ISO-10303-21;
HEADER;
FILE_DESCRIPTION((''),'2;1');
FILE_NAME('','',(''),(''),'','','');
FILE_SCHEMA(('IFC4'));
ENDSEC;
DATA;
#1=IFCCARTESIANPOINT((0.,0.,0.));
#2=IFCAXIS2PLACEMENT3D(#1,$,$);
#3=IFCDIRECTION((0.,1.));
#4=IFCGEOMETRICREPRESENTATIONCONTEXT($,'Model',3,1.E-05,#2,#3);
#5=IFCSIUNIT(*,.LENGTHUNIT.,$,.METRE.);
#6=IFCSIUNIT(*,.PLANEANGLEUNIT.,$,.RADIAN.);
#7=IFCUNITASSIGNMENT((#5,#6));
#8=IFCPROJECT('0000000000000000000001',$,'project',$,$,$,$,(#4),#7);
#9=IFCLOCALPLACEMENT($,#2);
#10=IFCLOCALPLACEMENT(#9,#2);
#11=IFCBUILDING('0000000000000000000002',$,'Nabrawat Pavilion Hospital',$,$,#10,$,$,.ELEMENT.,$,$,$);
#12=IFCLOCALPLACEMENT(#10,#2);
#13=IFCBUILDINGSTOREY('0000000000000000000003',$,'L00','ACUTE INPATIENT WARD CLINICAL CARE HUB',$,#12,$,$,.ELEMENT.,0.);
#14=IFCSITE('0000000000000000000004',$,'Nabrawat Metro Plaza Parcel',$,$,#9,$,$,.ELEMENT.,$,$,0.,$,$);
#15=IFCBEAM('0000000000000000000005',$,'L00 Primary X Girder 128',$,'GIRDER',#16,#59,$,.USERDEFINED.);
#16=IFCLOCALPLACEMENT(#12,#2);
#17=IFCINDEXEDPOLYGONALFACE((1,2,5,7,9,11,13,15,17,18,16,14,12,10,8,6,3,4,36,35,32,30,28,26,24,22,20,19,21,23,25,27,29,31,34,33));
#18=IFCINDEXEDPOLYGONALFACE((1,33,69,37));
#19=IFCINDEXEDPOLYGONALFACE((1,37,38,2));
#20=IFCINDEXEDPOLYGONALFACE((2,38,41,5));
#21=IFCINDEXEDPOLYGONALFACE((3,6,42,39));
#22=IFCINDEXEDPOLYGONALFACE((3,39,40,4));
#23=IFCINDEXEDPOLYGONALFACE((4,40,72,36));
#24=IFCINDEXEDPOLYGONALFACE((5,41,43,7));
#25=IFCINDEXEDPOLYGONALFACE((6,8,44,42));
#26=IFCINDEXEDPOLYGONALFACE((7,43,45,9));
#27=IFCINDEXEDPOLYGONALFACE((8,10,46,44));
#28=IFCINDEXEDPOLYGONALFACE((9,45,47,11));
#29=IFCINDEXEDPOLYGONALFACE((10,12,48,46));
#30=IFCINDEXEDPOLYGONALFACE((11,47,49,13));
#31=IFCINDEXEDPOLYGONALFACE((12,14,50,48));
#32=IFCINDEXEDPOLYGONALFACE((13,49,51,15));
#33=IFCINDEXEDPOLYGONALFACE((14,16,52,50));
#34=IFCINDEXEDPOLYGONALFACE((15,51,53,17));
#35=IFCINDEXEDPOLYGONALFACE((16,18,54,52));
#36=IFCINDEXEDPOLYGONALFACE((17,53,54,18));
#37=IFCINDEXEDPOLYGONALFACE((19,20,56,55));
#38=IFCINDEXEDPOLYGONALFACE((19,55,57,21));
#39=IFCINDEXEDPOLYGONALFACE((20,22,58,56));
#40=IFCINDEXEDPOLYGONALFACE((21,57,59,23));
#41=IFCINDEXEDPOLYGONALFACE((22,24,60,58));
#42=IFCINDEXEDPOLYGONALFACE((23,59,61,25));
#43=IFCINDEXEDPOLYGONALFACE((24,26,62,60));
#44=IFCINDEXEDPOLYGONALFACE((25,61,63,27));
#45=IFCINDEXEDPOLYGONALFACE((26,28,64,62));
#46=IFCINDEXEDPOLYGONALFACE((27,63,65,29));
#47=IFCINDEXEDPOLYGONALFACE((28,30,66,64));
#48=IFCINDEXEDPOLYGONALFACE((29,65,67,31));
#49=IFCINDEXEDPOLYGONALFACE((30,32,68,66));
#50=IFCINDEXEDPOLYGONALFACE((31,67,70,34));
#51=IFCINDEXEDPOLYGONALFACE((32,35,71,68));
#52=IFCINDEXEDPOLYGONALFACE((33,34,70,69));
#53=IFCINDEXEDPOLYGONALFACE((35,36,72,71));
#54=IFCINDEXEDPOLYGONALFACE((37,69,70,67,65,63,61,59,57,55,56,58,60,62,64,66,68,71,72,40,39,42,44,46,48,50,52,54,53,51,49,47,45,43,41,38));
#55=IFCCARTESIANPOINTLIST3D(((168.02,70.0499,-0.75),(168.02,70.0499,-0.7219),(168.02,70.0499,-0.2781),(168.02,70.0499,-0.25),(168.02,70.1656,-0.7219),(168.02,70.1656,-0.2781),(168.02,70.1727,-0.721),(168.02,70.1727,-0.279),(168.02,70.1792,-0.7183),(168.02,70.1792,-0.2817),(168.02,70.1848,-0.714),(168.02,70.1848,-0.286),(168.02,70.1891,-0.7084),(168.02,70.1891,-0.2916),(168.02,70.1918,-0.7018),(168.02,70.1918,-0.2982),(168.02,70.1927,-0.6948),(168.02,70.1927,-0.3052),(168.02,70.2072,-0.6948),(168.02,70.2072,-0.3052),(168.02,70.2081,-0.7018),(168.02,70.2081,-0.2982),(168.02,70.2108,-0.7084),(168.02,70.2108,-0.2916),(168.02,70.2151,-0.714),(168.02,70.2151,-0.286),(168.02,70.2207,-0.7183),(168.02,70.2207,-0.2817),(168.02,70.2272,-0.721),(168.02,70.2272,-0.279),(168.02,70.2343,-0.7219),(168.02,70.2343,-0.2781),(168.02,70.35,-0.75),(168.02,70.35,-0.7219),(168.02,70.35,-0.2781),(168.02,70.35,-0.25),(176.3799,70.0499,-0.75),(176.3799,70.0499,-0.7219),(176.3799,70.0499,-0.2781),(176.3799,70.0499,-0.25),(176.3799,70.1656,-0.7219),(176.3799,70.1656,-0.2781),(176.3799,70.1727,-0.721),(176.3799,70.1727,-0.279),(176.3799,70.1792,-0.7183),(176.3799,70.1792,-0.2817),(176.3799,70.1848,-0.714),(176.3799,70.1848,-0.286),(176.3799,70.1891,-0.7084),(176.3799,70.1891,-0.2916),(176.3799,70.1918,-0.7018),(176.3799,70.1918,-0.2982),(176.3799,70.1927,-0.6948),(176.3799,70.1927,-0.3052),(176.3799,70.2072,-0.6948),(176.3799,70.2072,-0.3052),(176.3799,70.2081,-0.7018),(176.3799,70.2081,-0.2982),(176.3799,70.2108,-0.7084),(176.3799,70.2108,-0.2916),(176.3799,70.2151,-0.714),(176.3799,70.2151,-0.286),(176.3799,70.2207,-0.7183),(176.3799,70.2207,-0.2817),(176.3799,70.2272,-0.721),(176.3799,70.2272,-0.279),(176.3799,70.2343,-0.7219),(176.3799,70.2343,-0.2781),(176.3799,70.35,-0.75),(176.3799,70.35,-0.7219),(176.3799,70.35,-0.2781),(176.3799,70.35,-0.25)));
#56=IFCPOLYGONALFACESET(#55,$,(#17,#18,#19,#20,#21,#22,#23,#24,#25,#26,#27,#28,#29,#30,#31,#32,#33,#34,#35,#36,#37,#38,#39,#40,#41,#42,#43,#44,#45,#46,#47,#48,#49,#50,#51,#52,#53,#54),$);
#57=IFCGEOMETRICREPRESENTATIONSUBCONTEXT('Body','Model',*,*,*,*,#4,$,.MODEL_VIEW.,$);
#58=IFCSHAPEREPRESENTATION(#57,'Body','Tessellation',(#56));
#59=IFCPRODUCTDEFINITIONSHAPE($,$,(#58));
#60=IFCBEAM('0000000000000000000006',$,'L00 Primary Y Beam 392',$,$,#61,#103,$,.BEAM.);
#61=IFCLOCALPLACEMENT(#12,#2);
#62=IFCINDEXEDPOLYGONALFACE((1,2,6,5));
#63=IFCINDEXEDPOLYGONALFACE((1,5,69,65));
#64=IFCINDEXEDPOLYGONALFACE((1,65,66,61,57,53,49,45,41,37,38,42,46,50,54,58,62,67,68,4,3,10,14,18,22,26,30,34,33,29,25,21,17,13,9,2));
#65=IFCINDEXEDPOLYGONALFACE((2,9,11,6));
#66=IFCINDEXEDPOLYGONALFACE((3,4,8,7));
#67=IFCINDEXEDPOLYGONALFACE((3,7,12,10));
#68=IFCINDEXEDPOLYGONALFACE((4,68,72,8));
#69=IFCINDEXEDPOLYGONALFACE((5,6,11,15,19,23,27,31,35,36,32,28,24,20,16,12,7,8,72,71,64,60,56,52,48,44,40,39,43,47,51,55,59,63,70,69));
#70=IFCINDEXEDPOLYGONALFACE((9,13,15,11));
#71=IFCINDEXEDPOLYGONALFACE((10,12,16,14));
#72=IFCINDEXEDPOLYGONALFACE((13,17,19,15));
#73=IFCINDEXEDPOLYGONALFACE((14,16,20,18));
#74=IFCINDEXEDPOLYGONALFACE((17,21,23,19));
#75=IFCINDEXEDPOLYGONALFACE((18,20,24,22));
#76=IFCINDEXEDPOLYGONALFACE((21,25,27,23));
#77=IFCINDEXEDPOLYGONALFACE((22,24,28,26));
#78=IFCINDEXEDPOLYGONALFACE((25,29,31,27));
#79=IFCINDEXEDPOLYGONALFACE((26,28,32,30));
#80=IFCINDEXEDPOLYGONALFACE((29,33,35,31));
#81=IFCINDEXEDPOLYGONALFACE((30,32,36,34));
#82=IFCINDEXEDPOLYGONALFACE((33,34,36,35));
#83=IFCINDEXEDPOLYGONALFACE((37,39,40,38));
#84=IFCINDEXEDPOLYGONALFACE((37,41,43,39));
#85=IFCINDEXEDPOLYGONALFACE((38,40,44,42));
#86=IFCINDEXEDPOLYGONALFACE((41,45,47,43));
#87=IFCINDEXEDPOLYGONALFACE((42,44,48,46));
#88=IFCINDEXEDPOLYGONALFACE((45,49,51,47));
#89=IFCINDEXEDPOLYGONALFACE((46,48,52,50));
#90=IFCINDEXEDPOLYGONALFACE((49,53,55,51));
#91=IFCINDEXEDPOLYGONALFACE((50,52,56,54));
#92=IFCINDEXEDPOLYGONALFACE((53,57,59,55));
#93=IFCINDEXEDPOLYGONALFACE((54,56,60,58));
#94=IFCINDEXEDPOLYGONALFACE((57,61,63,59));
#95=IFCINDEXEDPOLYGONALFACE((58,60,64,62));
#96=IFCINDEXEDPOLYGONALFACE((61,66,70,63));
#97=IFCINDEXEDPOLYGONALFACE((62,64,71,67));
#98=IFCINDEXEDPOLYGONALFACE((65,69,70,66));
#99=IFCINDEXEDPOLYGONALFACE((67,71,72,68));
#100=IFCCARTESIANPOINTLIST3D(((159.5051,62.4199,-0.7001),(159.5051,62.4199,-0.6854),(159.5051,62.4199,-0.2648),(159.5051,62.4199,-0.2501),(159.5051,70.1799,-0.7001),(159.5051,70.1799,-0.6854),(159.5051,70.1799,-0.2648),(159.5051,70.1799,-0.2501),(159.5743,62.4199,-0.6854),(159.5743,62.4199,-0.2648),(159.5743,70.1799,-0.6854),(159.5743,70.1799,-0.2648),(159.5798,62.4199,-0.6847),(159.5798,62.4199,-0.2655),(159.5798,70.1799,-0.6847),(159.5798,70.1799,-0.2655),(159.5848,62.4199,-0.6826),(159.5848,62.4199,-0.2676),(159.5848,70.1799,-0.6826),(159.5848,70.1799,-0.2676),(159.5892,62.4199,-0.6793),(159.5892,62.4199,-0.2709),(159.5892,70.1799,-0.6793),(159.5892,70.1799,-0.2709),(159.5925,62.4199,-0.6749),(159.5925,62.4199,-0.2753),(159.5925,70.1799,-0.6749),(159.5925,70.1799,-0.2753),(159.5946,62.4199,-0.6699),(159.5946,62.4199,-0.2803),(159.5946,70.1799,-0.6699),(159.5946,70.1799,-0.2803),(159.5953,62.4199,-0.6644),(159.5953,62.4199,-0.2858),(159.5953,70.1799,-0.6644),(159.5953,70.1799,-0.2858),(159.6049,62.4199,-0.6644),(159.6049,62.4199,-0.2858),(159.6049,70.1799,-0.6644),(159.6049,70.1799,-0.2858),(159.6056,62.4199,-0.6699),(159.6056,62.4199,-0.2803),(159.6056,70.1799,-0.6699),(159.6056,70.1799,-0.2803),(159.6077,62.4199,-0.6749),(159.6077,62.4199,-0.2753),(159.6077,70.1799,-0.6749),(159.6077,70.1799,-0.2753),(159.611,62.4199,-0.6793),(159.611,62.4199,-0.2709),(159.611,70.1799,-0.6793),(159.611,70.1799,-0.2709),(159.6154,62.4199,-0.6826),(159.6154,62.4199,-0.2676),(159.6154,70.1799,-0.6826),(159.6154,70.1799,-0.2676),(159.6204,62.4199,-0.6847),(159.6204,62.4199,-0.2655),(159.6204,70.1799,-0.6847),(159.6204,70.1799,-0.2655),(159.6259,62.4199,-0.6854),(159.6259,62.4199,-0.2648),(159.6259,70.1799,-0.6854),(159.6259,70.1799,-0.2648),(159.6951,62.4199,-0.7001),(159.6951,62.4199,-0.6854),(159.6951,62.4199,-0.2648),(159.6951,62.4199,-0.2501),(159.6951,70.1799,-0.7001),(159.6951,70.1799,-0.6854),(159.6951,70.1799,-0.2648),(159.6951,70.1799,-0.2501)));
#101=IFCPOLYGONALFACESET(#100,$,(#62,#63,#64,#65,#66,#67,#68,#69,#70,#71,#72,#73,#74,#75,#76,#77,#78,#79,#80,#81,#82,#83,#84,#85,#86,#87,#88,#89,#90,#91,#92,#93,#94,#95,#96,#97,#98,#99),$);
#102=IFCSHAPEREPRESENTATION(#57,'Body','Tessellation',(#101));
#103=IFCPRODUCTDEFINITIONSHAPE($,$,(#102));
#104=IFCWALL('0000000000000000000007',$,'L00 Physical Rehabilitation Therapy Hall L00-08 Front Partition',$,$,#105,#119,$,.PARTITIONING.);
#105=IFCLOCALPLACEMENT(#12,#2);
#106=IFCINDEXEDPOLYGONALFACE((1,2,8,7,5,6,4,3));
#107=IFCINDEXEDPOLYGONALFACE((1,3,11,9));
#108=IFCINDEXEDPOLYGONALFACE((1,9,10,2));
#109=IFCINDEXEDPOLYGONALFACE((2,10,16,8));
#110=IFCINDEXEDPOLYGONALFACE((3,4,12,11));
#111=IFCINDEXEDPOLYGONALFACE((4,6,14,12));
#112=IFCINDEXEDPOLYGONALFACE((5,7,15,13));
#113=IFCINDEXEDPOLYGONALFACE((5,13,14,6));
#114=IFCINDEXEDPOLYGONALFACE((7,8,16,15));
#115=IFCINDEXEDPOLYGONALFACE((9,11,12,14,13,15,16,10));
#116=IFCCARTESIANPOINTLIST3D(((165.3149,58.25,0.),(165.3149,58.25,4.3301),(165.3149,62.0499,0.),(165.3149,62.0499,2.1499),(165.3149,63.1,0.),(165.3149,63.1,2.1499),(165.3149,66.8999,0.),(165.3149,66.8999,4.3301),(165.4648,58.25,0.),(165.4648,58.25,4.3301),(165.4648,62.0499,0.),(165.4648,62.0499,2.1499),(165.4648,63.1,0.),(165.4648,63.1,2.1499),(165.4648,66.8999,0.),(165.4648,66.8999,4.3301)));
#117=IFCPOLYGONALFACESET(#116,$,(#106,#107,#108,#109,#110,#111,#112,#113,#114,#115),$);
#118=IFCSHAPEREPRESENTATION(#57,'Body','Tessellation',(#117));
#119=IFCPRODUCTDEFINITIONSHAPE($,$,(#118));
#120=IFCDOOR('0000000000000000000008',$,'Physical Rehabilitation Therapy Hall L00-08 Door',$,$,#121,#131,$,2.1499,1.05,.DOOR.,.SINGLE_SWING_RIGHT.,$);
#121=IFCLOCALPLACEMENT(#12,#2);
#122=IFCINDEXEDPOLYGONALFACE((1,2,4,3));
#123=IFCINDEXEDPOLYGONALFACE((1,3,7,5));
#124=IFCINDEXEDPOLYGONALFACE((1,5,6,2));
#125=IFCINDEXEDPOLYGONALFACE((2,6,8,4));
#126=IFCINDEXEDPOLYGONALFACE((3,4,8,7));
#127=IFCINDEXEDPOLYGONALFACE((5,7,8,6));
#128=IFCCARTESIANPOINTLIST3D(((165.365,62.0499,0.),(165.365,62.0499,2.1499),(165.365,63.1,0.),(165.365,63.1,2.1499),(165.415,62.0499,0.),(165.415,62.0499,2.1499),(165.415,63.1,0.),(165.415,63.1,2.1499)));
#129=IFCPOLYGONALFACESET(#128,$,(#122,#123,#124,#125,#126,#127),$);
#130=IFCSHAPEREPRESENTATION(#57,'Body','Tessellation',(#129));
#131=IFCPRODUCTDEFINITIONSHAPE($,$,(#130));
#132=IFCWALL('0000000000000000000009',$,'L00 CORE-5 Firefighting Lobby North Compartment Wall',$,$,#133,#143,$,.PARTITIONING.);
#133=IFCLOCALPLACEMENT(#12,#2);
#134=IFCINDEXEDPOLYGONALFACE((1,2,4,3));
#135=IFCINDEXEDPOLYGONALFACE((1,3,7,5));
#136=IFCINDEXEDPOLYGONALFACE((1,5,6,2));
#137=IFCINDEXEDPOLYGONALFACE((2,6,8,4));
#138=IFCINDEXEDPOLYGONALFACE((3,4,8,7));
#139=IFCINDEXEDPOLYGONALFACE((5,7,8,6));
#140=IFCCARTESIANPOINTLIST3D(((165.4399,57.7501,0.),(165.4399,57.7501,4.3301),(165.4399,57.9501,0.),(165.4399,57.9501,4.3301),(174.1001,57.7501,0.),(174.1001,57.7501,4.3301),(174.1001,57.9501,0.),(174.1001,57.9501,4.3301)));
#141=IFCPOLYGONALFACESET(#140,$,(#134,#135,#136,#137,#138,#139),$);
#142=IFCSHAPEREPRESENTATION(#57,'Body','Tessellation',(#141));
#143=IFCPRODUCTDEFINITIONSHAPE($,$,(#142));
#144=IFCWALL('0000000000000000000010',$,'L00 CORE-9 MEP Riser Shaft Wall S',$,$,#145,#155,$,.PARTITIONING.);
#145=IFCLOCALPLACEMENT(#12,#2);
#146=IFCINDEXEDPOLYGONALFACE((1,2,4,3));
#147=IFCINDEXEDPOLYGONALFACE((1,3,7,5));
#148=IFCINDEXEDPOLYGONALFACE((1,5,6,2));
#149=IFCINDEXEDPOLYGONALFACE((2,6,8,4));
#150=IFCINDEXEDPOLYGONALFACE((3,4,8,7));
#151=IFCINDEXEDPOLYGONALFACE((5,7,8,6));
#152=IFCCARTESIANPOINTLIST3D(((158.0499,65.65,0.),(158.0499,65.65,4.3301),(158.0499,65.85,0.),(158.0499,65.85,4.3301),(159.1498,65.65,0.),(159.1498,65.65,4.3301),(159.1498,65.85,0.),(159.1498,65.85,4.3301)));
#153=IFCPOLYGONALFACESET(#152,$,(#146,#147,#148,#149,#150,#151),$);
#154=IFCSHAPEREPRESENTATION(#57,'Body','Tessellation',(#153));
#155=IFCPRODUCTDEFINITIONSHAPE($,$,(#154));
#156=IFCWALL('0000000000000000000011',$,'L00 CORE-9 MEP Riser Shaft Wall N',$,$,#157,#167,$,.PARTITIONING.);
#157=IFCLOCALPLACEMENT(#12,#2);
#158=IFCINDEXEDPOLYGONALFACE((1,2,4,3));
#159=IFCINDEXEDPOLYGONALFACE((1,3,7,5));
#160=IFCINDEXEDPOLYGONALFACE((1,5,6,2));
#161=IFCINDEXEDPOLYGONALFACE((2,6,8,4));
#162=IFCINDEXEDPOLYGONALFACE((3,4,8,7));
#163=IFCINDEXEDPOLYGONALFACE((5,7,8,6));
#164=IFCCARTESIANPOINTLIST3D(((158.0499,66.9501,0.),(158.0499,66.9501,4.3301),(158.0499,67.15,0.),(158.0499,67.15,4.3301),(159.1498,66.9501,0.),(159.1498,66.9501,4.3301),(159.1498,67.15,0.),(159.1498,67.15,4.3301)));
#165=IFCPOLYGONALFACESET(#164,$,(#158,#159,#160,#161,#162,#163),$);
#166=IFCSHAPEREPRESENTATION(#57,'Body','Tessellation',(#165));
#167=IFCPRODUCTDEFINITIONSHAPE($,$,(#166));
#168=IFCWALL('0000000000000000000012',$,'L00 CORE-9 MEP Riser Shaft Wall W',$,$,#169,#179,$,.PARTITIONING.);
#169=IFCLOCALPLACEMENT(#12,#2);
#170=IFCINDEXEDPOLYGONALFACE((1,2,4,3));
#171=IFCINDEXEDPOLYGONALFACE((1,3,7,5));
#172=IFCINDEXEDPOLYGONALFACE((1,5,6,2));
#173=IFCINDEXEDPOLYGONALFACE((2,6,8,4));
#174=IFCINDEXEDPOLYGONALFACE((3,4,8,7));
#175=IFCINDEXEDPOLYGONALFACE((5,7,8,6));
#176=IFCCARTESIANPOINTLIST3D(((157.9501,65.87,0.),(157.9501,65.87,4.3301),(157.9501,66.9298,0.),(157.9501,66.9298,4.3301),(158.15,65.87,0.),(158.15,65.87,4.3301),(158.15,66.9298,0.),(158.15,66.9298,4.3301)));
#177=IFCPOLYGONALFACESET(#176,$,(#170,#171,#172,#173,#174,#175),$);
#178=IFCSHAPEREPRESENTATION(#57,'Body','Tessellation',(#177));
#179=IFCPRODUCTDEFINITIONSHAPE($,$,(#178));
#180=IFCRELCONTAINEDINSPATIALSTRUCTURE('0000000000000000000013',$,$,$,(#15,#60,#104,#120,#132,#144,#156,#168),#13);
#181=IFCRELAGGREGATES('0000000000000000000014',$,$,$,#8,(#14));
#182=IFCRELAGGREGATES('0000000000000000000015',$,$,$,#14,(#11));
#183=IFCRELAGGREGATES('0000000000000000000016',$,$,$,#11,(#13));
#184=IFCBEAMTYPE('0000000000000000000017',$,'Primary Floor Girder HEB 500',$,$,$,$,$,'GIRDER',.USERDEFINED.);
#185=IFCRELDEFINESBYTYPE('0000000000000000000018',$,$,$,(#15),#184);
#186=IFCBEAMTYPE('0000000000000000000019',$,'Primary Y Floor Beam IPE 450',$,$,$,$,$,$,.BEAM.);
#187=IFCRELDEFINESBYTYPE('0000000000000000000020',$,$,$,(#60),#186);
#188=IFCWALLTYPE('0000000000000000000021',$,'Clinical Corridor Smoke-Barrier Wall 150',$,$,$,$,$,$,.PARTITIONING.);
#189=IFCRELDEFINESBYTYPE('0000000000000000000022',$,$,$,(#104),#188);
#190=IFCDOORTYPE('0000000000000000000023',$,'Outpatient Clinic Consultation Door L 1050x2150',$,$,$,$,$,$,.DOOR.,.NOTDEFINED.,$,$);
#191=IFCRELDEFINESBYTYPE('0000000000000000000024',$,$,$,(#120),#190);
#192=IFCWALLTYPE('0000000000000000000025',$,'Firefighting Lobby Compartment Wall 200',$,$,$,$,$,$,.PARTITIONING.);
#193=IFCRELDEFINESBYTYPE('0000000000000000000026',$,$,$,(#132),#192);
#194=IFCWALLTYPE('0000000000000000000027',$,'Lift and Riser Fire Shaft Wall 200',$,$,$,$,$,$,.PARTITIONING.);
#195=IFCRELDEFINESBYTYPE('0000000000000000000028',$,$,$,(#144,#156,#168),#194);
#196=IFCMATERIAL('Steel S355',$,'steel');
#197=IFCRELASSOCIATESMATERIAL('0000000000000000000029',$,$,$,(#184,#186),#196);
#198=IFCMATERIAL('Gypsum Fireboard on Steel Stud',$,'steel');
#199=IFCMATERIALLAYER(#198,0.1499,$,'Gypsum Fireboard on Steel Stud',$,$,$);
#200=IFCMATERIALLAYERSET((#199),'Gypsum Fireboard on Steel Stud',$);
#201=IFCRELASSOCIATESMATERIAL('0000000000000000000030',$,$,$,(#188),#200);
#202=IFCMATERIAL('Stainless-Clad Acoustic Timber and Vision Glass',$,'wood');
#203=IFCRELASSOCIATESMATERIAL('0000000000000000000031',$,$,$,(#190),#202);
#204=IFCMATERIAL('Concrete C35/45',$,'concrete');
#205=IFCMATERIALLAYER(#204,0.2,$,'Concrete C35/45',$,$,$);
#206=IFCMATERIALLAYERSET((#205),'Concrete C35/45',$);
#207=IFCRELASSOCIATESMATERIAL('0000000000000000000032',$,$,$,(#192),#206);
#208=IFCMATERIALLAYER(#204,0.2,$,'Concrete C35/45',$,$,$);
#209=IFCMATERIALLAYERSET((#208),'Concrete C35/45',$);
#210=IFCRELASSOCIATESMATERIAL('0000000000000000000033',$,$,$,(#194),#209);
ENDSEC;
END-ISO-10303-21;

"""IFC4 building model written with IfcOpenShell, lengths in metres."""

from ifc_helpers import new_model, si_unit, direction, frame, frame_2d, origin, origin_2d, place, context, subcontext, project, spatial, rectangle, i_section, extrude, material, layer, layer_set, material_profile, profile_set, type_object, element, fill, save


model = new_model("IFC4")

# Units and contexts
model_context = context("Model", 3, precision=1e-05, world=origin(), true_north=direction((0.0, 1.0)))
body_context = subcontext(model_context, "Body", "Model", "MODEL_VIEW")
ifc_project = project(units=[si_unit("LENGTHUNIT", "METRE"), si_unit("PLANEANGLEUNIT", "RADIAN")], contexts=[model_context])

# Site, building, storey
site_placement = place(None, origin())
site = spatial("IfcSite", under=ifc_project, at=site_placement, Name="Nabrawat Metro Plaza Parcel", CompositionType="ELEMENT", RefElevation=0.0)
building_placement = place(site_placement, origin())
building = spatial("IfcBuilding", under=site, at=building_placement, Name="Nabrawat Pavilion Hospital", CompositionType="ELEMENT")
storey_placement = place(building_placement, origin())
storey = spatial("IfcBuildingStorey", under=building, at=storey_placement, Name="L00", Description="ACUTE INPATIENT WARD CLINICAL CARE HUB", CompositionType="ELEMENT", Elevation=0.0)

# Shared definitions
ifc_material_1 = material(Name="Steel S355", Category="steel")

# Beams
ifc_material_profile_1 = material_profile(ifc_material_1, i_section(OverallWidth=0.3, OverallDepth=0.5, WebThickness=0.0144, FlangeThickness=0.0281, FilletRadius=0.0271, at=origin_2d()), Name="HEB 500")
ifc_profile_set_1 = profile_set([ifc_material_profile_1], Name="Steel S355")
beam_type_1 = type_object("IfcBeamType", Name="Primary Floor Girder HEB 500", ElementType="GIRDER", PredefinedType="USERDEFINED", material=ifc_profile_set_1)
for number, where, z_axis, x_axis, name in (
    (1, (168.02, 70.2, -0.5), (1.0, 0.0, 0.0), (0.0, 1.0, 0.0), "L00 Primary X Girder 128"),
):
    element("IfcBeam", number, at=place(storey_placement, frame(where, z_axis=z_axis, x_axis=x_axis)), inside=storey, type_object=beam_type_1, Name=name, ObjectType="GIRDER", PredefinedType="USERDEFINED", context=body_context, shape_type="SweptSolid", body=[
        extrude(i_section(OverallWidth=0.3, OverallDepth=0.5, WebThickness=0.0144, FlangeThickness=0.0281, FilletRadius=0.0271, at=origin_2d()), origin(), (0.0, 0.0, 1.0), 8.3599),
    ])
ifc_material_profile_2 = material_profile(ifc_material_1, i_section(OverallWidth=0.1899, OverallDepth=0.45, WebThickness=0.0095, FlangeThickness=0.0146, FilletRadius=0.021, at=origin_2d()), Name="IPE 450")
ifc_profile_set_2 = profile_set([ifc_material_profile_2], Name="Steel S355")
beam_type_2 = type_object("IfcBeamType", Name="Primary Y Floor Beam IPE 450", PredefinedType="BEAM", material=ifc_profile_set_2)
beam_1_placement = place(storey_placement, frame((159.6001, 62.4199, -0.4751), z_axis=(0.0, 1.0, 0.0), x_axis=(-1.0, 0.0, 0.0)))
element("IfcBeam", 2, at=beam_1_placement, inside=storey, type_object=beam_type_2, Name="L00 Primary Y Beam 392", PredefinedType="BEAM", context=body_context, shape_type="SweptSolid", body=[
    extrude(i_section(OverallWidth=0.1899, OverallDepth=0.45, WebThickness=0.0095, FlangeThickness=0.0146, FilletRadius=0.021, at=origin_2d()), origin(), (0.0, 0.0, 1.0), 7.76),
])

# Wall, opening, door
ifc_material_2 = material(Name="Gypsum Fireboard on Steel Stud", Category="steel")
ifc_layer_1 = layer(ifc_material_2, 0.1499, Name="Gypsum Fireboard on Steel Stud")
ifc_layer_set_1 = layer_set([ifc_layer_1], Name="Gypsum Fireboard on Steel Stud")
wall_type_1 = type_object("IfcWallType", Name="Clinical Corridor Smoke-Barrier Wall 150", PredefinedType="PARTITIONING", material=ifc_layer_set_1)
wall_1_placement = place(storey_placement, frame((165.3899, 58.25, 0.0), z_axis=(0.0, 0.0, 1.0), x_axis=(0.0, 1.0, 0.0)))
wall_1 = element("IfcWall", 3, at=wall_1_placement, inside=storey, type_object=wall_type_1, Name="L00 Physical Rehabilitation Therapy Hall L00-08 Front Partition", PredefinedType="PARTITIONING", context=body_context, shape_type="SweptSolid", body=[
    extrude(rectangle(XDim=8.6499, YDim=0.1499, at=frame_2d((4.325, 0.0))), origin(), (0.0, 0.0, 1.0), 4.3301),
])
opening_placement = place(wall_1_placement, frame((3.8, 0.0, 0.0)))
opening = element("IfcOpeningElement", 4, at=opening_placement, cuts=wall_1, PredefinedType="OPENING", context=body_context, shape_type="SweptSolid", body=[
    extrude(rectangle(XDim=1.05, YDim=2.1499, at=frame_2d((0.5249, 1.075))), frame((0.0, 0.085, 0.0), z_axis=(0.0, -1.0, 0.0), x_axis=(1.0, 0.0, 0.0)), (0.0, 0.0, 1.0), 0.1699),
])
ifc_material_3 = material(Name="Stainless-Clad Acoustic Timber and Vision Glass", Category="wood")
door_type = type_object("IfcDoorType", Name="Outpatient Clinic Consultation Door L 1050x2150", OperationType="NOTDEFINED", PredefinedType="DOOR", material=ifc_material_3)
door_placement = place(opening_placement, origin())
door = element("IfcDoor", 5, at=door_placement, inside=storey, type_object=door_type, Name="Physical Rehabilitation Therapy Hall L00-08 Door", OperationType="SINGLE_SWING_RIGHT", OverallHeight=2.1499, OverallWidth=1.05, PredefinedType="DOOR", context=body_context, shape_type="SweptSolid", body=[
    extrude(rectangle(XDim=1.05, YDim=2.1499, at=frame_2d((0.5249, 1.075))), frame((0.0, 0.0249, 0.0), z_axis=(0.0, -1.0, 0.0), x_axis=(1.0, 0.0, 0.0)), (0.0, 0.0, 1.0), 0.05),
])
fill(opening, door)

# Walls
ifc_material_4 = material(Name="Concrete C35/45", Category="concrete")
ifc_layer_2 = layer(ifc_material_4, 0.2, Name="Concrete C35/45")
ifc_layer_set_2 = layer_set([ifc_layer_2], Name="Concrete C35/45")
wall_type_2 = type_object("IfcWallType", Name="Firefighting Lobby Compartment Wall 200", PredefinedType="PARTITIONING", material=ifc_layer_set_2)
wall_2_placement = place(storey_placement, frame((165.4399, 57.8501, 0.0), z_axis=(0.0, 0.0, 1.0), x_axis=(1.0, 0.0, 0.0)))
element("IfcWall", 6, at=wall_2_placement, inside=storey, type_object=wall_type_2, Name="L00 CORE-5 Firefighting Lobby North Compartment Wall", PredefinedType="PARTITIONING", context=body_context, shape_type="SweptSolid", body=[
    extrude(rectangle(XDim=8.6602, YDim=0.2, at=frame_2d((4.3301, 0.0))), origin(), (0.0, 0.0, 1.0), 4.3301),
])
ifc_layer_3 = layer(ifc_material_4, 0.2, Name="Concrete C35/45")
ifc_layer_set_3 = layer_set([ifc_layer_3], Name="Concrete C35/45")
wall_type_3 = type_object("IfcWallType", Name="Lift and Riser Fire Shaft Wall 200", PredefinedType="PARTITIONING", material=ifc_layer_set_3)
for number, where, z_axis, x_axis, name in (
    (7, (158.05, 65.75, 0.0), (0.0, 0.0, 1.0), (1.0, 0.0, 0.0), "L00 CORE-9 MEP Riser Shaft Wall S"),
    (8, (158.05, 67.05, 0.0), (0.0, 0.0, 1.0), (1.0, 0.0, 0.0), "L00 CORE-9 MEP Riser Shaft Wall N"),
):
    element("IfcWall", number, at=place(storey_placement, frame(where, z_axis=z_axis, x_axis=x_axis)), inside=storey, type_object=wall_type_3, Name=name, PredefinedType="PARTITIONING", context=body_context, shape_type="SweptSolid", body=[
        extrude(rectangle(XDim=1.0999, YDim=0.2, at=frame_2d((0.5498, 0.0))), origin(), (0.0, 0.0, 1.0), 4.3301),
    ])
for number, where, z_axis, x_axis, name in (
    (9, (158.05, 65.8701, 0.0), (0.0, 0.0, 1.0), (0.0, 1.0, 0.0), "L00 CORE-9 MEP Riser Shaft Wall W"),
):
    element("IfcWall", number, at=place(storey_placement, frame(where, z_axis=z_axis, x_axis=x_axis)), inside=storey, type_object=wall_type_3, Name=name, PredefinedType="PARTITIONING", context=body_context, shape_type="SweptSolid", body=[
        extrude(rectangle(XDim=1.0598, YDim=0.2, at=frame_2d((0.5298, 0.0))), origin(), (0.0, 0.0, 1.0), 4.3301),
    ])

save(model, "model.ifc")
